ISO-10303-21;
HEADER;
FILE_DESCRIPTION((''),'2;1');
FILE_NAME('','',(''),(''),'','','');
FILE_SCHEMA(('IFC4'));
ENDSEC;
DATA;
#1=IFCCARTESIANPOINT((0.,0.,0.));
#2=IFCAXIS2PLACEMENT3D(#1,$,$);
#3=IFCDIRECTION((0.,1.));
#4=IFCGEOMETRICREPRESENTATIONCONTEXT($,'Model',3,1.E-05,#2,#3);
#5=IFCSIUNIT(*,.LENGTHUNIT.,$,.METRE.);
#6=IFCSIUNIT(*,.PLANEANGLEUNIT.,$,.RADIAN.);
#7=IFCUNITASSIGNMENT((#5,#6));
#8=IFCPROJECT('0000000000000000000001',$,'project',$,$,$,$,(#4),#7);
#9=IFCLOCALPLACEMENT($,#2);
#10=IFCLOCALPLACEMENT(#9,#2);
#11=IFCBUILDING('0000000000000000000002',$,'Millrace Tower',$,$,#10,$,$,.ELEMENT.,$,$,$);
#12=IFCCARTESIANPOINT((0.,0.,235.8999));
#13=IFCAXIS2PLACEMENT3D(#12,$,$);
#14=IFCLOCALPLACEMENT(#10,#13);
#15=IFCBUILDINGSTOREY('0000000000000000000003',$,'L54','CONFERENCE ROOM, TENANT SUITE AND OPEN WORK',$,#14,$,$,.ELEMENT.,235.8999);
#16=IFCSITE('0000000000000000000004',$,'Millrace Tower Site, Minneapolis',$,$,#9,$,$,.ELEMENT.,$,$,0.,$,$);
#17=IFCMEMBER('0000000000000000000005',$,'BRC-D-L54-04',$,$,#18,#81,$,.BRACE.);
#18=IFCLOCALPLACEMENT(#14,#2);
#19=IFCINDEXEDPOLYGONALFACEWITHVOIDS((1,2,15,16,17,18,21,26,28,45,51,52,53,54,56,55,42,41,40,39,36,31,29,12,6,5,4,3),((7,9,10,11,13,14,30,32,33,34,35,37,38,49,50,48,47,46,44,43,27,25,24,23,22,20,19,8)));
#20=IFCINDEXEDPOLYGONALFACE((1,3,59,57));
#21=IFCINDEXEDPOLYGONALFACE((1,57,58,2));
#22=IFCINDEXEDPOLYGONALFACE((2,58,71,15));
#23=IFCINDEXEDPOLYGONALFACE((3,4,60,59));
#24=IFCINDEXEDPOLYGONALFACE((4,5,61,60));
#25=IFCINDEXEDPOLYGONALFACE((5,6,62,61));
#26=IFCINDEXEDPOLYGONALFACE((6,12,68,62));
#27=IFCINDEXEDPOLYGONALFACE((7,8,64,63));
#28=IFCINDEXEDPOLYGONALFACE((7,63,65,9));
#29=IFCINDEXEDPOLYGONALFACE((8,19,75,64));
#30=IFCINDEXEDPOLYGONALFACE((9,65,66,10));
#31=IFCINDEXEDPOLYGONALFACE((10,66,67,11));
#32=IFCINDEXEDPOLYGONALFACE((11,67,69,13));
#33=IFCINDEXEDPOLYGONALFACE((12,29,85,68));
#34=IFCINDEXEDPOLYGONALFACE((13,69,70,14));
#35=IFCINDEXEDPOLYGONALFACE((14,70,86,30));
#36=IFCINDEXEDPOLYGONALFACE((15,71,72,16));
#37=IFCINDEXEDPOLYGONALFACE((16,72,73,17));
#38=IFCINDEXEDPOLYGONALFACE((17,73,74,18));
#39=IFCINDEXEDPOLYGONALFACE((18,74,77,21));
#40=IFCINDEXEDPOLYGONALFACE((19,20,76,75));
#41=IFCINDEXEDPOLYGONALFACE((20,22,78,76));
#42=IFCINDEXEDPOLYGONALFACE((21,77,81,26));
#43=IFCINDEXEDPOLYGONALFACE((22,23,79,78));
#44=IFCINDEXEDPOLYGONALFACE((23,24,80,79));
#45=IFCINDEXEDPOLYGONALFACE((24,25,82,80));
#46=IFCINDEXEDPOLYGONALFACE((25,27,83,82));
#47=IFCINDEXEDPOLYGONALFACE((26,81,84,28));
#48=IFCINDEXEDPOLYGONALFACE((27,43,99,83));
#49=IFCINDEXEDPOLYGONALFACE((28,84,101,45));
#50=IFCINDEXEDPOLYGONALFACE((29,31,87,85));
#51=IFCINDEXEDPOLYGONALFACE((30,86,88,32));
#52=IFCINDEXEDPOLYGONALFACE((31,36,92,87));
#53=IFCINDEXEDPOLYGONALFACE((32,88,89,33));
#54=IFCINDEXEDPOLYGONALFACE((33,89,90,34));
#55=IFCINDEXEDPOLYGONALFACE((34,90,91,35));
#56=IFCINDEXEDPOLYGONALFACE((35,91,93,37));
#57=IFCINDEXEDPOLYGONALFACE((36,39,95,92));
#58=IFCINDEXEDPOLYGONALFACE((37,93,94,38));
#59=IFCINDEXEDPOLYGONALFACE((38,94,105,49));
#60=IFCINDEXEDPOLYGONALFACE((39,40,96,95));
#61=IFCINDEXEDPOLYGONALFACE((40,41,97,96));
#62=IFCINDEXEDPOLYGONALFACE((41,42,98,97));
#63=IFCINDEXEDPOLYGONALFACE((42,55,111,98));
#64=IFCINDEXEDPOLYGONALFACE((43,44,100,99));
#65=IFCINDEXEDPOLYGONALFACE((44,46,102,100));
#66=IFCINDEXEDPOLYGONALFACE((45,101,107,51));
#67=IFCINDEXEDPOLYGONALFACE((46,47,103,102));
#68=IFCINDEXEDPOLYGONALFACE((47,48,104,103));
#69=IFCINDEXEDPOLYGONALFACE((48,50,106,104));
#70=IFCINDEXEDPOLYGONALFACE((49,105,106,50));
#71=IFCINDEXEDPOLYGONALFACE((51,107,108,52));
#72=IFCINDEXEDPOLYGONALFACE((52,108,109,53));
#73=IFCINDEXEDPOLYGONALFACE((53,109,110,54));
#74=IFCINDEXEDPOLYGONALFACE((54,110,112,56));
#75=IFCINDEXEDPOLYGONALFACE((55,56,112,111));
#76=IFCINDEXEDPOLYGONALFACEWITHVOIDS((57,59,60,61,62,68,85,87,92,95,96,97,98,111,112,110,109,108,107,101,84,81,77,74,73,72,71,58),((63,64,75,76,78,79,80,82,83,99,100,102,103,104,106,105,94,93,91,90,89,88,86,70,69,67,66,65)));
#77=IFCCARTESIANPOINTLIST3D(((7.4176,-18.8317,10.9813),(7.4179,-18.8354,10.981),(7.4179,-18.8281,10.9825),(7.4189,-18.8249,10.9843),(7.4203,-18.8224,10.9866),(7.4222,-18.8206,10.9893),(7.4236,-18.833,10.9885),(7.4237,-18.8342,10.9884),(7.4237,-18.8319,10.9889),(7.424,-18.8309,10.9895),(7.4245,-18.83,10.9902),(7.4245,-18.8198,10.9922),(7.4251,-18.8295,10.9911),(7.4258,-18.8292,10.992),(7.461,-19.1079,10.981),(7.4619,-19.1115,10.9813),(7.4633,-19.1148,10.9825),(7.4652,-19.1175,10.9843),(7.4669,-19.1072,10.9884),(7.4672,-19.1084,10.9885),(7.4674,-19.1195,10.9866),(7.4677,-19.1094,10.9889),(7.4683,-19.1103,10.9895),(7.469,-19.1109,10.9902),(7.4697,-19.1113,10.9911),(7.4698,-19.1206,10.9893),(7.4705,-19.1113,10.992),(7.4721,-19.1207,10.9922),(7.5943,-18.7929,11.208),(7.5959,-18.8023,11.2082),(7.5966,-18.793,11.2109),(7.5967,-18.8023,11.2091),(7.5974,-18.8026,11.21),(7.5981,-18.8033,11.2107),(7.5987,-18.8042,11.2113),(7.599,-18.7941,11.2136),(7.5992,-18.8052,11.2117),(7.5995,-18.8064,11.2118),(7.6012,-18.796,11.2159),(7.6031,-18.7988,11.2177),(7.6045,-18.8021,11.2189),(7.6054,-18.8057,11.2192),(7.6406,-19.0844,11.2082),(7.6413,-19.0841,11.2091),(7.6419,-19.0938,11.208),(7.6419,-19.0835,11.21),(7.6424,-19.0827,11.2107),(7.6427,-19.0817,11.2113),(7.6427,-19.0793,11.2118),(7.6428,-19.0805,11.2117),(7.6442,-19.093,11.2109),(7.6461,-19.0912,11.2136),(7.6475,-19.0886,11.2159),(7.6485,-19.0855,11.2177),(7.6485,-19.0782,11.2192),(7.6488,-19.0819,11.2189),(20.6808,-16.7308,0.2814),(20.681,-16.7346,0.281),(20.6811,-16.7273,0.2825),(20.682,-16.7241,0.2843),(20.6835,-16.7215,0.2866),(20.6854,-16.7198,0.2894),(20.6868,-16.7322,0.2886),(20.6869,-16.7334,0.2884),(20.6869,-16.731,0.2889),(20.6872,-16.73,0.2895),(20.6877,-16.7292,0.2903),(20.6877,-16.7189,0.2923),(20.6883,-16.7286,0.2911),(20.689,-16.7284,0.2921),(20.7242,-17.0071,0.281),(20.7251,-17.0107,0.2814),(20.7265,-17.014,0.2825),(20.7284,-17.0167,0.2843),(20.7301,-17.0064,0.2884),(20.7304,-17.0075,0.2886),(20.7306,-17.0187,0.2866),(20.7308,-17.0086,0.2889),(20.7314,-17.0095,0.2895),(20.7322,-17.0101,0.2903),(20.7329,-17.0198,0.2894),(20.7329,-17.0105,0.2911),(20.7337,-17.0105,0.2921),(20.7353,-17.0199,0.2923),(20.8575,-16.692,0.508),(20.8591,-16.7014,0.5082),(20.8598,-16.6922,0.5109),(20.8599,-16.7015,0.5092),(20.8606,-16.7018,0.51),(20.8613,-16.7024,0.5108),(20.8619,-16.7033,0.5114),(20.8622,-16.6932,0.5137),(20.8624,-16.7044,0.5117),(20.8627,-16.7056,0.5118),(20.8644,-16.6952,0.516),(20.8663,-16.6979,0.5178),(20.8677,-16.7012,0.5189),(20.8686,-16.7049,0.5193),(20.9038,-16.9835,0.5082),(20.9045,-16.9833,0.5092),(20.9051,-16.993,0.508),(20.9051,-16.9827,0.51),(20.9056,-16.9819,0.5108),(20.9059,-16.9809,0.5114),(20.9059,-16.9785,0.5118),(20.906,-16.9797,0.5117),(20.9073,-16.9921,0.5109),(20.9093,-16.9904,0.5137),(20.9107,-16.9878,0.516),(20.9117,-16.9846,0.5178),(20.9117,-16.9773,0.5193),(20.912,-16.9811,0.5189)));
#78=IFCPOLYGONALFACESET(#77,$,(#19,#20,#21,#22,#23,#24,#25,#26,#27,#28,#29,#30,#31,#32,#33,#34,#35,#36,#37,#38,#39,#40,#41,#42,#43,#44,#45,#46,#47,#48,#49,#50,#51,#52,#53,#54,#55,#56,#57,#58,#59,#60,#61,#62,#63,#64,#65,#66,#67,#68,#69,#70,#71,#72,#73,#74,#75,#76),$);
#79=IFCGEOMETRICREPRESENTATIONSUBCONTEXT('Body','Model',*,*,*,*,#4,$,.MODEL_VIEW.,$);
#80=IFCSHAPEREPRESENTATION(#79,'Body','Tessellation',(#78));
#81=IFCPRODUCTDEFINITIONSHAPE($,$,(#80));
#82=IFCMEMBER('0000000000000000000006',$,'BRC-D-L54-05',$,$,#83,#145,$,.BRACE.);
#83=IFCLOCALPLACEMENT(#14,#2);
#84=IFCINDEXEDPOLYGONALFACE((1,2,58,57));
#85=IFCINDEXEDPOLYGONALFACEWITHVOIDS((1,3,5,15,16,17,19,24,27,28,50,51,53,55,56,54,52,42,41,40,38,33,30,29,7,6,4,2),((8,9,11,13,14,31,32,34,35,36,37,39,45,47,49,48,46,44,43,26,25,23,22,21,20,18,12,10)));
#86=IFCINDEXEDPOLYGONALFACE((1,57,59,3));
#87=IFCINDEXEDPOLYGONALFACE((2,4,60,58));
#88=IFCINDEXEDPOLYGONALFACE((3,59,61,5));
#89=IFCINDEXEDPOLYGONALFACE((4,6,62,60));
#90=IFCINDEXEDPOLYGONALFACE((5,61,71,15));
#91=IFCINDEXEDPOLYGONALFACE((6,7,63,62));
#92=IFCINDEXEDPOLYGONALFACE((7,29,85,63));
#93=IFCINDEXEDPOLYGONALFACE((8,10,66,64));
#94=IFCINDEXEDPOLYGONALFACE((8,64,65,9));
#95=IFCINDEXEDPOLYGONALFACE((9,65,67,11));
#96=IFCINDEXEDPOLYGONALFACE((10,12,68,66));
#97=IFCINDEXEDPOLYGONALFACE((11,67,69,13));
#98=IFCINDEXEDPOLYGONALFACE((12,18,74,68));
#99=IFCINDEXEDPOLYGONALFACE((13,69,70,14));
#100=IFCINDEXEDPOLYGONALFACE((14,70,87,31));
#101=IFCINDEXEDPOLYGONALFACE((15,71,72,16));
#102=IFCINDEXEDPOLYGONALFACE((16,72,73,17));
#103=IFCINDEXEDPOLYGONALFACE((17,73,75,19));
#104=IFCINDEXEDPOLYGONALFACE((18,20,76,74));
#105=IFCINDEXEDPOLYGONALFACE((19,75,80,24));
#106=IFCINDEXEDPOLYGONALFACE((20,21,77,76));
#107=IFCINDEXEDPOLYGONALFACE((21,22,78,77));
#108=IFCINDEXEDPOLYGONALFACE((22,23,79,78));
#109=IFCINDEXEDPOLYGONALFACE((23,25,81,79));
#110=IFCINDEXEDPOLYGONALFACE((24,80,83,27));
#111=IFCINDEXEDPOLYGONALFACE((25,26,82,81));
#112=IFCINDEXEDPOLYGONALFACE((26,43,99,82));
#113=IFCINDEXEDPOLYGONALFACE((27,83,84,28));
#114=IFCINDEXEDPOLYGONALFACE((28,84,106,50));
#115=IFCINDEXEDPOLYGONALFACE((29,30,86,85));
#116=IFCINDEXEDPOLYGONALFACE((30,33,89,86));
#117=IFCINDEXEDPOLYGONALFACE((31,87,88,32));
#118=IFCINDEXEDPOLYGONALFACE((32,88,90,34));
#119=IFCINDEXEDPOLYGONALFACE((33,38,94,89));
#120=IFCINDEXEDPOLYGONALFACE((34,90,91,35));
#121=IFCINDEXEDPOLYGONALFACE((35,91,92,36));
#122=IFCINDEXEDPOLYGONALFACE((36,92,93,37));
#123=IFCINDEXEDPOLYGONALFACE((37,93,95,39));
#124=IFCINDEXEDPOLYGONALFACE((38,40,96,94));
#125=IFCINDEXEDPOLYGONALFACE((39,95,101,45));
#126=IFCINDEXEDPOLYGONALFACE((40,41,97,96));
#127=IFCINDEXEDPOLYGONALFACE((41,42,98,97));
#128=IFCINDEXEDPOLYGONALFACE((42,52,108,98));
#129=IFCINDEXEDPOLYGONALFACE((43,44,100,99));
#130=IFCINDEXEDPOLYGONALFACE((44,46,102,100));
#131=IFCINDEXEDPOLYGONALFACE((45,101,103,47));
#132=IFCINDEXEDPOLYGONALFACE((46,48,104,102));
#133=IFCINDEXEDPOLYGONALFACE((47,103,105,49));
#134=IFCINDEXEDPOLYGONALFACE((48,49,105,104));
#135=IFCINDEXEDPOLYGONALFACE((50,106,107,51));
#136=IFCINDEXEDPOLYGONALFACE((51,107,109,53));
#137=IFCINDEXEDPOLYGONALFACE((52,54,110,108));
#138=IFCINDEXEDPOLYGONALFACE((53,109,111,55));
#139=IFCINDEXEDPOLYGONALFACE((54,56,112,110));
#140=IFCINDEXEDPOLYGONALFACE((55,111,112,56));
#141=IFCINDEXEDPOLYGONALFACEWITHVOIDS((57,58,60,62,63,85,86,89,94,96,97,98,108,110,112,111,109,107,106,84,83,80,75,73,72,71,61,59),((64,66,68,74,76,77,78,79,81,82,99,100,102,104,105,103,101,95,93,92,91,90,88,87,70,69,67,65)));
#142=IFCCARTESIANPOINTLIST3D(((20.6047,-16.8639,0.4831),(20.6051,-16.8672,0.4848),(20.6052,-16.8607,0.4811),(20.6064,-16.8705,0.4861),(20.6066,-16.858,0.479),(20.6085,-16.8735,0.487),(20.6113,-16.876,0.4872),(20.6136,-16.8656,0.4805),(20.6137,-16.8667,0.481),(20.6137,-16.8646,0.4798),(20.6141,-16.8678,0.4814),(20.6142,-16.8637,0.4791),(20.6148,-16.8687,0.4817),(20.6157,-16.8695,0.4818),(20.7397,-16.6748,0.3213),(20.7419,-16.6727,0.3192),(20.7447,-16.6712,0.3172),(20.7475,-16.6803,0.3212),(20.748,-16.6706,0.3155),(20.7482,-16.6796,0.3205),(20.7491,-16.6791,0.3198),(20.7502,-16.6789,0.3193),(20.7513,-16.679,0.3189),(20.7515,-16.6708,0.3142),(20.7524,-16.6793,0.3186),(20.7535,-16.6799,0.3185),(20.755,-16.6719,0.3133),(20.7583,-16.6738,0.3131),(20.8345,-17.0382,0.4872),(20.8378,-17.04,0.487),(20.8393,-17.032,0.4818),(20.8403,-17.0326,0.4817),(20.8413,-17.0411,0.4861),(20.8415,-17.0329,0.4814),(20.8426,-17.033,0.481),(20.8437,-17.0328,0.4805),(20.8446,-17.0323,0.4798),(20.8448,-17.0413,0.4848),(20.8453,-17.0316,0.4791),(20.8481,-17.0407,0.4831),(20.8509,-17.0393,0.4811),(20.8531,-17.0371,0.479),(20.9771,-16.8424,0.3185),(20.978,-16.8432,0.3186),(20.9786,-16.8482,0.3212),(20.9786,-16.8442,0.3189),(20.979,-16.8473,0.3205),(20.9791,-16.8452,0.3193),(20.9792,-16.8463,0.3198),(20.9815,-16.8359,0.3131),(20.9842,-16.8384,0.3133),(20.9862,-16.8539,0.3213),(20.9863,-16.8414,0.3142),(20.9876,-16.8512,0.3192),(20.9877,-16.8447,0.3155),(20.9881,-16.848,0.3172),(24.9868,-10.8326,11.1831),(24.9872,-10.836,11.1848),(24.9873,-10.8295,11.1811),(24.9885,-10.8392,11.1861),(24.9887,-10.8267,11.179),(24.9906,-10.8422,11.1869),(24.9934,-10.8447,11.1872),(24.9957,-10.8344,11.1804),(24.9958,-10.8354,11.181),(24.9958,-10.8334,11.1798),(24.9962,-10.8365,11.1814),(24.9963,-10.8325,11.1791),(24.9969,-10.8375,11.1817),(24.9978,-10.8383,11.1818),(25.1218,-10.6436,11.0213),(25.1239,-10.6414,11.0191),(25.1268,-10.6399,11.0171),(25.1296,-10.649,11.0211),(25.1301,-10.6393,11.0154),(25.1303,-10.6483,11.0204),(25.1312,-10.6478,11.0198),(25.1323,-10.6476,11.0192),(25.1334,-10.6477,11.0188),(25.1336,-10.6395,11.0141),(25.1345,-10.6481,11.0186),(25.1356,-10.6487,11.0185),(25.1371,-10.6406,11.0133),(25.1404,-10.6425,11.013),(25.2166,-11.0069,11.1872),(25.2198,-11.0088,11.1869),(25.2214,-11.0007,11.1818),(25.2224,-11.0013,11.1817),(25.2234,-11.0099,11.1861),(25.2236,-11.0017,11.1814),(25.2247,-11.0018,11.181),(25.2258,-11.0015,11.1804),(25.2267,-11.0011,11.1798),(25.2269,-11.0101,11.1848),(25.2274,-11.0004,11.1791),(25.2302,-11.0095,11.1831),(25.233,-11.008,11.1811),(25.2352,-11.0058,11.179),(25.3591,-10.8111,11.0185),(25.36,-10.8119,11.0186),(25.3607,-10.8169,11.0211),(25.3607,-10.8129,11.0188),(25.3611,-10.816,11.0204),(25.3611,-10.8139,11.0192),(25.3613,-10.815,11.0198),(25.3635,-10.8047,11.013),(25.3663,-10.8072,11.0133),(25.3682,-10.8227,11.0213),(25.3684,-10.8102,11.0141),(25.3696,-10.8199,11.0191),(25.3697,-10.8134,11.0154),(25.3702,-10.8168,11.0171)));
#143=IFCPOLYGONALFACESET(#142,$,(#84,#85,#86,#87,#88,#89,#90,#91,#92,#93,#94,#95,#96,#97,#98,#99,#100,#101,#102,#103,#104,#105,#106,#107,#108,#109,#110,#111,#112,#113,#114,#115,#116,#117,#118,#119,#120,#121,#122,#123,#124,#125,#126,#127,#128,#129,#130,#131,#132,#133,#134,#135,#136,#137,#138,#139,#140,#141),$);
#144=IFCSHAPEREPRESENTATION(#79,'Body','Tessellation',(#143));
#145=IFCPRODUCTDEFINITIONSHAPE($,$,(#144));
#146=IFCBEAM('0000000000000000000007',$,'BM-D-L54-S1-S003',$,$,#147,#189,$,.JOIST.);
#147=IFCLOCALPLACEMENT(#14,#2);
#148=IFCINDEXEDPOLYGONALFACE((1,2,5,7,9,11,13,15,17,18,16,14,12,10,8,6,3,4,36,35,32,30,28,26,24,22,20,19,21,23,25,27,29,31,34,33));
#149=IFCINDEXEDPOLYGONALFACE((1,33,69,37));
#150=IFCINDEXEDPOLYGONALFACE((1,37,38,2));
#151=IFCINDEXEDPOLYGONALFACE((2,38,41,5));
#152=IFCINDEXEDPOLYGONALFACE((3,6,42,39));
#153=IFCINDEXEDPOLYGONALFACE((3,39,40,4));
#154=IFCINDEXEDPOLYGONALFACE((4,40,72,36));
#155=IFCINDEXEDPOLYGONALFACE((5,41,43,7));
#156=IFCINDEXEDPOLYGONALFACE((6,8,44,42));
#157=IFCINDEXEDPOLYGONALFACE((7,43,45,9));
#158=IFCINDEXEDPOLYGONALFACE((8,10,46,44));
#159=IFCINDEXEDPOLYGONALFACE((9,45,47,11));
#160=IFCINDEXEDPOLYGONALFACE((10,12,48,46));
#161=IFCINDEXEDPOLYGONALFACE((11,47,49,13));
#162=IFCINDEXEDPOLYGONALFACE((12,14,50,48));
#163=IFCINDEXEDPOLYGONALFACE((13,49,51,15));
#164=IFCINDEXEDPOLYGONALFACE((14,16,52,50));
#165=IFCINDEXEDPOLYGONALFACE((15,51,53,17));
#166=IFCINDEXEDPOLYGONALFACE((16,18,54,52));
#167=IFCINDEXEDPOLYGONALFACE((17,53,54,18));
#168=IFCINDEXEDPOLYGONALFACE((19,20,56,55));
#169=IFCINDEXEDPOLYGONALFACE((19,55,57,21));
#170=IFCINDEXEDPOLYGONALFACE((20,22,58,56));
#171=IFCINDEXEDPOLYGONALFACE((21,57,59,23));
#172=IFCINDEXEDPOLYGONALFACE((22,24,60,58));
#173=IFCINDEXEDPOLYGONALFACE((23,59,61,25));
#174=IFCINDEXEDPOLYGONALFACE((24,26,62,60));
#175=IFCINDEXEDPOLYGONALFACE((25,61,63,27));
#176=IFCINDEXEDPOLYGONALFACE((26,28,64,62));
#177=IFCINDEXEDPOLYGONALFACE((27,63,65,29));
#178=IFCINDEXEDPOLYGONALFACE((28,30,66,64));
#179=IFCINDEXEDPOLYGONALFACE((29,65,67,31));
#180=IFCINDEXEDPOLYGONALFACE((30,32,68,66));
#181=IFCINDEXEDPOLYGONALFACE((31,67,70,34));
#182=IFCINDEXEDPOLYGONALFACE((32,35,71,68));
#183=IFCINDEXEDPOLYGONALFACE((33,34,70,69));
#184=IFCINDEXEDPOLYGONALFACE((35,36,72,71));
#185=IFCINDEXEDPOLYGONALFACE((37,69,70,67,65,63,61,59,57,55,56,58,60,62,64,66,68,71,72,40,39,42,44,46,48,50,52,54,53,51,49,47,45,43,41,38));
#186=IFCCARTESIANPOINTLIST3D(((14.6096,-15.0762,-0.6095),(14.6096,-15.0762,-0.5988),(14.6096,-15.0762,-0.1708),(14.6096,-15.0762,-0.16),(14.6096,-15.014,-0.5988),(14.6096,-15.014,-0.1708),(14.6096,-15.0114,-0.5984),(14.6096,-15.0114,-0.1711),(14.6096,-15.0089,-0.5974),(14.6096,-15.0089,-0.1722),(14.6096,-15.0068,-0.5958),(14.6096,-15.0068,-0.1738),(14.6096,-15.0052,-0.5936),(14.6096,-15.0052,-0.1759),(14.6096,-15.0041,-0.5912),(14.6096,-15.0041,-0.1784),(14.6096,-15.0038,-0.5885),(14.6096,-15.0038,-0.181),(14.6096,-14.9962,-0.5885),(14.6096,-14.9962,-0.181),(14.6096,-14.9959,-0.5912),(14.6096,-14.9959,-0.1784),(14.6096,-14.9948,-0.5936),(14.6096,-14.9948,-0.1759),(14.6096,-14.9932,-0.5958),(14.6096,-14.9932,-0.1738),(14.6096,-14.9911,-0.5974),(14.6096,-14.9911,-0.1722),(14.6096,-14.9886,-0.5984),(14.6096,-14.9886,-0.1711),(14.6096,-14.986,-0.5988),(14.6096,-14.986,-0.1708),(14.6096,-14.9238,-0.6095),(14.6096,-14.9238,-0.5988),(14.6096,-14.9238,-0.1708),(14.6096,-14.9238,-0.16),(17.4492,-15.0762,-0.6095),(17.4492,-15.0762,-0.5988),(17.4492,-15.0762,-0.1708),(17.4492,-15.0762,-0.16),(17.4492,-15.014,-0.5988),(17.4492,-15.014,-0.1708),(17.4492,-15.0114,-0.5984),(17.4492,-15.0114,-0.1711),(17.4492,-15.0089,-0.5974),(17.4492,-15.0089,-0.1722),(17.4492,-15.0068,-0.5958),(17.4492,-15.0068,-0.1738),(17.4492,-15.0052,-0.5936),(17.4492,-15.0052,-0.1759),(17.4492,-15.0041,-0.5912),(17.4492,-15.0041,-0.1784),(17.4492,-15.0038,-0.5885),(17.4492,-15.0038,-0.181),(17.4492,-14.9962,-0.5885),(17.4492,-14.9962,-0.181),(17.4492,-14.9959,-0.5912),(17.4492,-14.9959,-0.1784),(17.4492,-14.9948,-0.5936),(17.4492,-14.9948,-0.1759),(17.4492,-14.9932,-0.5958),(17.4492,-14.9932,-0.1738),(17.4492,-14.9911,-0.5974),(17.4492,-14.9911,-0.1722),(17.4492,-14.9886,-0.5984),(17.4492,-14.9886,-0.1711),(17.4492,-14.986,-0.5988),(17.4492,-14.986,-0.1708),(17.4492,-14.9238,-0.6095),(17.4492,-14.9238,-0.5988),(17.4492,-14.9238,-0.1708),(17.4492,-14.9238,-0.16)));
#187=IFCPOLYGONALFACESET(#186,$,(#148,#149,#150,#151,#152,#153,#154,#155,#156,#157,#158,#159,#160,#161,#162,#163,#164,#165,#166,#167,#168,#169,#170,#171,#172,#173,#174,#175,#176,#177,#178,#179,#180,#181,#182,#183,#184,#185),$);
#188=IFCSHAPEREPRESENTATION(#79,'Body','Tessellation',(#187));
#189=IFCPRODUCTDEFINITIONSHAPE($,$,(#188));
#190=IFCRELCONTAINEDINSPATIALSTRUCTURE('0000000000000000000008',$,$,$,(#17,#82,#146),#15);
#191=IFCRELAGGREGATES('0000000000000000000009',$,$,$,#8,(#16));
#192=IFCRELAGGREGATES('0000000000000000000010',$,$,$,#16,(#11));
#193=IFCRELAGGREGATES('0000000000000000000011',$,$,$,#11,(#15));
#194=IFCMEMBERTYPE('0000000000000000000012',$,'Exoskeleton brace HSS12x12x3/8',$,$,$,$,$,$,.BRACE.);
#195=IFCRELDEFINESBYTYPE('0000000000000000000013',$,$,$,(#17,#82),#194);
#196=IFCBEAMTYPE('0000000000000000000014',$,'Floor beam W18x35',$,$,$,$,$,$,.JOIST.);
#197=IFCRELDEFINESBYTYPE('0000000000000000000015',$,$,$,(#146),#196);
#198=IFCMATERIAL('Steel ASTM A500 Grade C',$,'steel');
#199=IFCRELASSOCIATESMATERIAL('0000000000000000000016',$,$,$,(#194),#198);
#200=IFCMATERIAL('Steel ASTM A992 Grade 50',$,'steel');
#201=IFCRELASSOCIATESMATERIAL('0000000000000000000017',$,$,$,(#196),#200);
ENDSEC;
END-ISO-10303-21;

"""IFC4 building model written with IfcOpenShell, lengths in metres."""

from ifc_helpers import new_model, si_unit, direction, frame, origin, origin_2d, place, context, subcontext, project, spatial, hollow_rectangle, i_section, extrude, material, material_profile, profile_set, type_object, element, save


model = new_model("IFC4")

# Units and contexts
model_context = context("Model", 3, precision=1e-05, world=origin(), true_north=direction((0.0, 1.0)))
body_context = subcontext(model_context, "Body", "Model", "MODEL_VIEW")
ifc_project = project(units=[si_unit("LENGTHUNIT", "METRE"), si_unit("PLANEANGLEUNIT", "RADIAN")], contexts=[model_context])

# Site, building, storey
site_placement = place(None, origin())
site = spatial("IfcSite", under=ifc_project, at=site_placement, Name="Millrace Tower Site, Minneapolis", CompositionType="ELEMENT", RefElevation=0.0)
building_placement = place(site_placement, origin())
building = spatial("IfcBuilding", under=site, at=building_placement, Name="Millrace Tower", CompositionType="ELEMENT")
storey_placement = place(building_placement, frame((0.0, 0.0, 235.8999)))
storey = spatial("IfcBuildingStorey", under=building, at=storey_placement, Name="L54", Description="CONFERENCE ROOM, TENANT SUITE AND OPEN WORK", CompositionType="ELEMENT", Elevation=235.8999)

# Members
ifc_material_1 = material(Name="Steel ASTM A500 Grade C", Category="steel")
ifc_material_profile_1 = material_profile(ifc_material_1, hollow_rectangle(XDim=0.3047, YDim=0.3047, WallThickness=0.0095, InnerFilletRadius=0.0046, OuterFilletRadius=0.0144, at=origin_2d()))
ifc_profile_set_1 = profile_set([ifc_material_profile_1], Name="Steel ASTM A500 Grade C")
member_type_1 = type_object("IfcMemberType", Name="Exoskeleton brace HSS12x12x3/8", PredefinedType="BRACE", material=ifc_profile_set_1)
member_1_placement = place(storey_placement, frame((20.7964, -16.856, 0.4001), z_axis=(-0.772455, -0.122354, 0.623171), x_axis=(0.156445, -0.987687, 0.0)))
element("IfcMember", 1, at=member_1_placement, inside=storey, type_object=member_type_1, Name="BRC-D-L54-04", PredefinedType="BRACE", context=body_context, shape_type="SweptSolid", body=[
    extrude(hollow_rectangle(XDim=0.3047, YDim=0.3047, WallThickness=0.0095, InnerFilletRadius=0.0046, OuterFilletRadius=0.0144, at=origin_2d()), origin(), (0.0, 0.0, 1.0), 17.1702),
])
member_2_placement = place(storey_placement, frame((20.7964, -16.856, 0.4001), z_axis=(0.336023, 0.462484, 0.820486), x_axis=(-0.809009, 0.587796, 0.0)))
element("IfcMember", 2, at=member_2_placement, inside=storey, type_object=member_type_1, Name="BRC-D-L54-05", PredefinedType="BRACE", context=body_context, shape_type="SweptSolid", body=[
    extrude(hollow_rectangle(XDim=0.3047, YDim=0.3047, WallThickness=0.0095, InnerFilletRadius=0.0046, OuterFilletRadius=0.0144, at=origin_2d()), origin(), (0.0, 0.0, 1.0), 13.041),
])

# Beam
ifc_material_2 = material(Name="Steel ASTM A992 Grade 50", Category="steel")
ifc_material_profile_2 = material_profile(ifc_material_2, i_section(OverallWidth=0.1523, OverallDepth=0.4495, WebThickness=0.0076, FlangeThickness=0.0107, FilletRadius=0.0103, at=origin_2d()))
ifc_profile_set_2 = profile_set([ifc_material_profile_2], Name="Steel ASTM A992 Grade 50")
beam_type_1 = type_object("IfcBeamType", Name="Floor beam W18x35", PredefinedType="JOIST", material=ifc_profile_set_2)
beam_1_placement = place(storey_placement, frame((14.6096, -15.0, -0.3848), z_axis=(1.0, 0.0, 0.0), x_axis=(0.0, 1.0, 0.0)))
element("IfcBeam", 3, at=beam_1_placement, inside=storey, type_object=beam_type_1, Name="BM-D-L54-S1-S003", PredefinedType="JOIST", context=body_context, shape_type="SweptSolid", body=[
    extrude(i_section(OverallWidth=0.1523, OverallDepth=0.4495, WebThickness=0.0076, FlangeThickness=0.0107, FilletRadius=0.0103, at=origin_2d()), origin(), (0.0, 0.0, 1.0), 2.8396),
])

save(model, "model.ifc")
